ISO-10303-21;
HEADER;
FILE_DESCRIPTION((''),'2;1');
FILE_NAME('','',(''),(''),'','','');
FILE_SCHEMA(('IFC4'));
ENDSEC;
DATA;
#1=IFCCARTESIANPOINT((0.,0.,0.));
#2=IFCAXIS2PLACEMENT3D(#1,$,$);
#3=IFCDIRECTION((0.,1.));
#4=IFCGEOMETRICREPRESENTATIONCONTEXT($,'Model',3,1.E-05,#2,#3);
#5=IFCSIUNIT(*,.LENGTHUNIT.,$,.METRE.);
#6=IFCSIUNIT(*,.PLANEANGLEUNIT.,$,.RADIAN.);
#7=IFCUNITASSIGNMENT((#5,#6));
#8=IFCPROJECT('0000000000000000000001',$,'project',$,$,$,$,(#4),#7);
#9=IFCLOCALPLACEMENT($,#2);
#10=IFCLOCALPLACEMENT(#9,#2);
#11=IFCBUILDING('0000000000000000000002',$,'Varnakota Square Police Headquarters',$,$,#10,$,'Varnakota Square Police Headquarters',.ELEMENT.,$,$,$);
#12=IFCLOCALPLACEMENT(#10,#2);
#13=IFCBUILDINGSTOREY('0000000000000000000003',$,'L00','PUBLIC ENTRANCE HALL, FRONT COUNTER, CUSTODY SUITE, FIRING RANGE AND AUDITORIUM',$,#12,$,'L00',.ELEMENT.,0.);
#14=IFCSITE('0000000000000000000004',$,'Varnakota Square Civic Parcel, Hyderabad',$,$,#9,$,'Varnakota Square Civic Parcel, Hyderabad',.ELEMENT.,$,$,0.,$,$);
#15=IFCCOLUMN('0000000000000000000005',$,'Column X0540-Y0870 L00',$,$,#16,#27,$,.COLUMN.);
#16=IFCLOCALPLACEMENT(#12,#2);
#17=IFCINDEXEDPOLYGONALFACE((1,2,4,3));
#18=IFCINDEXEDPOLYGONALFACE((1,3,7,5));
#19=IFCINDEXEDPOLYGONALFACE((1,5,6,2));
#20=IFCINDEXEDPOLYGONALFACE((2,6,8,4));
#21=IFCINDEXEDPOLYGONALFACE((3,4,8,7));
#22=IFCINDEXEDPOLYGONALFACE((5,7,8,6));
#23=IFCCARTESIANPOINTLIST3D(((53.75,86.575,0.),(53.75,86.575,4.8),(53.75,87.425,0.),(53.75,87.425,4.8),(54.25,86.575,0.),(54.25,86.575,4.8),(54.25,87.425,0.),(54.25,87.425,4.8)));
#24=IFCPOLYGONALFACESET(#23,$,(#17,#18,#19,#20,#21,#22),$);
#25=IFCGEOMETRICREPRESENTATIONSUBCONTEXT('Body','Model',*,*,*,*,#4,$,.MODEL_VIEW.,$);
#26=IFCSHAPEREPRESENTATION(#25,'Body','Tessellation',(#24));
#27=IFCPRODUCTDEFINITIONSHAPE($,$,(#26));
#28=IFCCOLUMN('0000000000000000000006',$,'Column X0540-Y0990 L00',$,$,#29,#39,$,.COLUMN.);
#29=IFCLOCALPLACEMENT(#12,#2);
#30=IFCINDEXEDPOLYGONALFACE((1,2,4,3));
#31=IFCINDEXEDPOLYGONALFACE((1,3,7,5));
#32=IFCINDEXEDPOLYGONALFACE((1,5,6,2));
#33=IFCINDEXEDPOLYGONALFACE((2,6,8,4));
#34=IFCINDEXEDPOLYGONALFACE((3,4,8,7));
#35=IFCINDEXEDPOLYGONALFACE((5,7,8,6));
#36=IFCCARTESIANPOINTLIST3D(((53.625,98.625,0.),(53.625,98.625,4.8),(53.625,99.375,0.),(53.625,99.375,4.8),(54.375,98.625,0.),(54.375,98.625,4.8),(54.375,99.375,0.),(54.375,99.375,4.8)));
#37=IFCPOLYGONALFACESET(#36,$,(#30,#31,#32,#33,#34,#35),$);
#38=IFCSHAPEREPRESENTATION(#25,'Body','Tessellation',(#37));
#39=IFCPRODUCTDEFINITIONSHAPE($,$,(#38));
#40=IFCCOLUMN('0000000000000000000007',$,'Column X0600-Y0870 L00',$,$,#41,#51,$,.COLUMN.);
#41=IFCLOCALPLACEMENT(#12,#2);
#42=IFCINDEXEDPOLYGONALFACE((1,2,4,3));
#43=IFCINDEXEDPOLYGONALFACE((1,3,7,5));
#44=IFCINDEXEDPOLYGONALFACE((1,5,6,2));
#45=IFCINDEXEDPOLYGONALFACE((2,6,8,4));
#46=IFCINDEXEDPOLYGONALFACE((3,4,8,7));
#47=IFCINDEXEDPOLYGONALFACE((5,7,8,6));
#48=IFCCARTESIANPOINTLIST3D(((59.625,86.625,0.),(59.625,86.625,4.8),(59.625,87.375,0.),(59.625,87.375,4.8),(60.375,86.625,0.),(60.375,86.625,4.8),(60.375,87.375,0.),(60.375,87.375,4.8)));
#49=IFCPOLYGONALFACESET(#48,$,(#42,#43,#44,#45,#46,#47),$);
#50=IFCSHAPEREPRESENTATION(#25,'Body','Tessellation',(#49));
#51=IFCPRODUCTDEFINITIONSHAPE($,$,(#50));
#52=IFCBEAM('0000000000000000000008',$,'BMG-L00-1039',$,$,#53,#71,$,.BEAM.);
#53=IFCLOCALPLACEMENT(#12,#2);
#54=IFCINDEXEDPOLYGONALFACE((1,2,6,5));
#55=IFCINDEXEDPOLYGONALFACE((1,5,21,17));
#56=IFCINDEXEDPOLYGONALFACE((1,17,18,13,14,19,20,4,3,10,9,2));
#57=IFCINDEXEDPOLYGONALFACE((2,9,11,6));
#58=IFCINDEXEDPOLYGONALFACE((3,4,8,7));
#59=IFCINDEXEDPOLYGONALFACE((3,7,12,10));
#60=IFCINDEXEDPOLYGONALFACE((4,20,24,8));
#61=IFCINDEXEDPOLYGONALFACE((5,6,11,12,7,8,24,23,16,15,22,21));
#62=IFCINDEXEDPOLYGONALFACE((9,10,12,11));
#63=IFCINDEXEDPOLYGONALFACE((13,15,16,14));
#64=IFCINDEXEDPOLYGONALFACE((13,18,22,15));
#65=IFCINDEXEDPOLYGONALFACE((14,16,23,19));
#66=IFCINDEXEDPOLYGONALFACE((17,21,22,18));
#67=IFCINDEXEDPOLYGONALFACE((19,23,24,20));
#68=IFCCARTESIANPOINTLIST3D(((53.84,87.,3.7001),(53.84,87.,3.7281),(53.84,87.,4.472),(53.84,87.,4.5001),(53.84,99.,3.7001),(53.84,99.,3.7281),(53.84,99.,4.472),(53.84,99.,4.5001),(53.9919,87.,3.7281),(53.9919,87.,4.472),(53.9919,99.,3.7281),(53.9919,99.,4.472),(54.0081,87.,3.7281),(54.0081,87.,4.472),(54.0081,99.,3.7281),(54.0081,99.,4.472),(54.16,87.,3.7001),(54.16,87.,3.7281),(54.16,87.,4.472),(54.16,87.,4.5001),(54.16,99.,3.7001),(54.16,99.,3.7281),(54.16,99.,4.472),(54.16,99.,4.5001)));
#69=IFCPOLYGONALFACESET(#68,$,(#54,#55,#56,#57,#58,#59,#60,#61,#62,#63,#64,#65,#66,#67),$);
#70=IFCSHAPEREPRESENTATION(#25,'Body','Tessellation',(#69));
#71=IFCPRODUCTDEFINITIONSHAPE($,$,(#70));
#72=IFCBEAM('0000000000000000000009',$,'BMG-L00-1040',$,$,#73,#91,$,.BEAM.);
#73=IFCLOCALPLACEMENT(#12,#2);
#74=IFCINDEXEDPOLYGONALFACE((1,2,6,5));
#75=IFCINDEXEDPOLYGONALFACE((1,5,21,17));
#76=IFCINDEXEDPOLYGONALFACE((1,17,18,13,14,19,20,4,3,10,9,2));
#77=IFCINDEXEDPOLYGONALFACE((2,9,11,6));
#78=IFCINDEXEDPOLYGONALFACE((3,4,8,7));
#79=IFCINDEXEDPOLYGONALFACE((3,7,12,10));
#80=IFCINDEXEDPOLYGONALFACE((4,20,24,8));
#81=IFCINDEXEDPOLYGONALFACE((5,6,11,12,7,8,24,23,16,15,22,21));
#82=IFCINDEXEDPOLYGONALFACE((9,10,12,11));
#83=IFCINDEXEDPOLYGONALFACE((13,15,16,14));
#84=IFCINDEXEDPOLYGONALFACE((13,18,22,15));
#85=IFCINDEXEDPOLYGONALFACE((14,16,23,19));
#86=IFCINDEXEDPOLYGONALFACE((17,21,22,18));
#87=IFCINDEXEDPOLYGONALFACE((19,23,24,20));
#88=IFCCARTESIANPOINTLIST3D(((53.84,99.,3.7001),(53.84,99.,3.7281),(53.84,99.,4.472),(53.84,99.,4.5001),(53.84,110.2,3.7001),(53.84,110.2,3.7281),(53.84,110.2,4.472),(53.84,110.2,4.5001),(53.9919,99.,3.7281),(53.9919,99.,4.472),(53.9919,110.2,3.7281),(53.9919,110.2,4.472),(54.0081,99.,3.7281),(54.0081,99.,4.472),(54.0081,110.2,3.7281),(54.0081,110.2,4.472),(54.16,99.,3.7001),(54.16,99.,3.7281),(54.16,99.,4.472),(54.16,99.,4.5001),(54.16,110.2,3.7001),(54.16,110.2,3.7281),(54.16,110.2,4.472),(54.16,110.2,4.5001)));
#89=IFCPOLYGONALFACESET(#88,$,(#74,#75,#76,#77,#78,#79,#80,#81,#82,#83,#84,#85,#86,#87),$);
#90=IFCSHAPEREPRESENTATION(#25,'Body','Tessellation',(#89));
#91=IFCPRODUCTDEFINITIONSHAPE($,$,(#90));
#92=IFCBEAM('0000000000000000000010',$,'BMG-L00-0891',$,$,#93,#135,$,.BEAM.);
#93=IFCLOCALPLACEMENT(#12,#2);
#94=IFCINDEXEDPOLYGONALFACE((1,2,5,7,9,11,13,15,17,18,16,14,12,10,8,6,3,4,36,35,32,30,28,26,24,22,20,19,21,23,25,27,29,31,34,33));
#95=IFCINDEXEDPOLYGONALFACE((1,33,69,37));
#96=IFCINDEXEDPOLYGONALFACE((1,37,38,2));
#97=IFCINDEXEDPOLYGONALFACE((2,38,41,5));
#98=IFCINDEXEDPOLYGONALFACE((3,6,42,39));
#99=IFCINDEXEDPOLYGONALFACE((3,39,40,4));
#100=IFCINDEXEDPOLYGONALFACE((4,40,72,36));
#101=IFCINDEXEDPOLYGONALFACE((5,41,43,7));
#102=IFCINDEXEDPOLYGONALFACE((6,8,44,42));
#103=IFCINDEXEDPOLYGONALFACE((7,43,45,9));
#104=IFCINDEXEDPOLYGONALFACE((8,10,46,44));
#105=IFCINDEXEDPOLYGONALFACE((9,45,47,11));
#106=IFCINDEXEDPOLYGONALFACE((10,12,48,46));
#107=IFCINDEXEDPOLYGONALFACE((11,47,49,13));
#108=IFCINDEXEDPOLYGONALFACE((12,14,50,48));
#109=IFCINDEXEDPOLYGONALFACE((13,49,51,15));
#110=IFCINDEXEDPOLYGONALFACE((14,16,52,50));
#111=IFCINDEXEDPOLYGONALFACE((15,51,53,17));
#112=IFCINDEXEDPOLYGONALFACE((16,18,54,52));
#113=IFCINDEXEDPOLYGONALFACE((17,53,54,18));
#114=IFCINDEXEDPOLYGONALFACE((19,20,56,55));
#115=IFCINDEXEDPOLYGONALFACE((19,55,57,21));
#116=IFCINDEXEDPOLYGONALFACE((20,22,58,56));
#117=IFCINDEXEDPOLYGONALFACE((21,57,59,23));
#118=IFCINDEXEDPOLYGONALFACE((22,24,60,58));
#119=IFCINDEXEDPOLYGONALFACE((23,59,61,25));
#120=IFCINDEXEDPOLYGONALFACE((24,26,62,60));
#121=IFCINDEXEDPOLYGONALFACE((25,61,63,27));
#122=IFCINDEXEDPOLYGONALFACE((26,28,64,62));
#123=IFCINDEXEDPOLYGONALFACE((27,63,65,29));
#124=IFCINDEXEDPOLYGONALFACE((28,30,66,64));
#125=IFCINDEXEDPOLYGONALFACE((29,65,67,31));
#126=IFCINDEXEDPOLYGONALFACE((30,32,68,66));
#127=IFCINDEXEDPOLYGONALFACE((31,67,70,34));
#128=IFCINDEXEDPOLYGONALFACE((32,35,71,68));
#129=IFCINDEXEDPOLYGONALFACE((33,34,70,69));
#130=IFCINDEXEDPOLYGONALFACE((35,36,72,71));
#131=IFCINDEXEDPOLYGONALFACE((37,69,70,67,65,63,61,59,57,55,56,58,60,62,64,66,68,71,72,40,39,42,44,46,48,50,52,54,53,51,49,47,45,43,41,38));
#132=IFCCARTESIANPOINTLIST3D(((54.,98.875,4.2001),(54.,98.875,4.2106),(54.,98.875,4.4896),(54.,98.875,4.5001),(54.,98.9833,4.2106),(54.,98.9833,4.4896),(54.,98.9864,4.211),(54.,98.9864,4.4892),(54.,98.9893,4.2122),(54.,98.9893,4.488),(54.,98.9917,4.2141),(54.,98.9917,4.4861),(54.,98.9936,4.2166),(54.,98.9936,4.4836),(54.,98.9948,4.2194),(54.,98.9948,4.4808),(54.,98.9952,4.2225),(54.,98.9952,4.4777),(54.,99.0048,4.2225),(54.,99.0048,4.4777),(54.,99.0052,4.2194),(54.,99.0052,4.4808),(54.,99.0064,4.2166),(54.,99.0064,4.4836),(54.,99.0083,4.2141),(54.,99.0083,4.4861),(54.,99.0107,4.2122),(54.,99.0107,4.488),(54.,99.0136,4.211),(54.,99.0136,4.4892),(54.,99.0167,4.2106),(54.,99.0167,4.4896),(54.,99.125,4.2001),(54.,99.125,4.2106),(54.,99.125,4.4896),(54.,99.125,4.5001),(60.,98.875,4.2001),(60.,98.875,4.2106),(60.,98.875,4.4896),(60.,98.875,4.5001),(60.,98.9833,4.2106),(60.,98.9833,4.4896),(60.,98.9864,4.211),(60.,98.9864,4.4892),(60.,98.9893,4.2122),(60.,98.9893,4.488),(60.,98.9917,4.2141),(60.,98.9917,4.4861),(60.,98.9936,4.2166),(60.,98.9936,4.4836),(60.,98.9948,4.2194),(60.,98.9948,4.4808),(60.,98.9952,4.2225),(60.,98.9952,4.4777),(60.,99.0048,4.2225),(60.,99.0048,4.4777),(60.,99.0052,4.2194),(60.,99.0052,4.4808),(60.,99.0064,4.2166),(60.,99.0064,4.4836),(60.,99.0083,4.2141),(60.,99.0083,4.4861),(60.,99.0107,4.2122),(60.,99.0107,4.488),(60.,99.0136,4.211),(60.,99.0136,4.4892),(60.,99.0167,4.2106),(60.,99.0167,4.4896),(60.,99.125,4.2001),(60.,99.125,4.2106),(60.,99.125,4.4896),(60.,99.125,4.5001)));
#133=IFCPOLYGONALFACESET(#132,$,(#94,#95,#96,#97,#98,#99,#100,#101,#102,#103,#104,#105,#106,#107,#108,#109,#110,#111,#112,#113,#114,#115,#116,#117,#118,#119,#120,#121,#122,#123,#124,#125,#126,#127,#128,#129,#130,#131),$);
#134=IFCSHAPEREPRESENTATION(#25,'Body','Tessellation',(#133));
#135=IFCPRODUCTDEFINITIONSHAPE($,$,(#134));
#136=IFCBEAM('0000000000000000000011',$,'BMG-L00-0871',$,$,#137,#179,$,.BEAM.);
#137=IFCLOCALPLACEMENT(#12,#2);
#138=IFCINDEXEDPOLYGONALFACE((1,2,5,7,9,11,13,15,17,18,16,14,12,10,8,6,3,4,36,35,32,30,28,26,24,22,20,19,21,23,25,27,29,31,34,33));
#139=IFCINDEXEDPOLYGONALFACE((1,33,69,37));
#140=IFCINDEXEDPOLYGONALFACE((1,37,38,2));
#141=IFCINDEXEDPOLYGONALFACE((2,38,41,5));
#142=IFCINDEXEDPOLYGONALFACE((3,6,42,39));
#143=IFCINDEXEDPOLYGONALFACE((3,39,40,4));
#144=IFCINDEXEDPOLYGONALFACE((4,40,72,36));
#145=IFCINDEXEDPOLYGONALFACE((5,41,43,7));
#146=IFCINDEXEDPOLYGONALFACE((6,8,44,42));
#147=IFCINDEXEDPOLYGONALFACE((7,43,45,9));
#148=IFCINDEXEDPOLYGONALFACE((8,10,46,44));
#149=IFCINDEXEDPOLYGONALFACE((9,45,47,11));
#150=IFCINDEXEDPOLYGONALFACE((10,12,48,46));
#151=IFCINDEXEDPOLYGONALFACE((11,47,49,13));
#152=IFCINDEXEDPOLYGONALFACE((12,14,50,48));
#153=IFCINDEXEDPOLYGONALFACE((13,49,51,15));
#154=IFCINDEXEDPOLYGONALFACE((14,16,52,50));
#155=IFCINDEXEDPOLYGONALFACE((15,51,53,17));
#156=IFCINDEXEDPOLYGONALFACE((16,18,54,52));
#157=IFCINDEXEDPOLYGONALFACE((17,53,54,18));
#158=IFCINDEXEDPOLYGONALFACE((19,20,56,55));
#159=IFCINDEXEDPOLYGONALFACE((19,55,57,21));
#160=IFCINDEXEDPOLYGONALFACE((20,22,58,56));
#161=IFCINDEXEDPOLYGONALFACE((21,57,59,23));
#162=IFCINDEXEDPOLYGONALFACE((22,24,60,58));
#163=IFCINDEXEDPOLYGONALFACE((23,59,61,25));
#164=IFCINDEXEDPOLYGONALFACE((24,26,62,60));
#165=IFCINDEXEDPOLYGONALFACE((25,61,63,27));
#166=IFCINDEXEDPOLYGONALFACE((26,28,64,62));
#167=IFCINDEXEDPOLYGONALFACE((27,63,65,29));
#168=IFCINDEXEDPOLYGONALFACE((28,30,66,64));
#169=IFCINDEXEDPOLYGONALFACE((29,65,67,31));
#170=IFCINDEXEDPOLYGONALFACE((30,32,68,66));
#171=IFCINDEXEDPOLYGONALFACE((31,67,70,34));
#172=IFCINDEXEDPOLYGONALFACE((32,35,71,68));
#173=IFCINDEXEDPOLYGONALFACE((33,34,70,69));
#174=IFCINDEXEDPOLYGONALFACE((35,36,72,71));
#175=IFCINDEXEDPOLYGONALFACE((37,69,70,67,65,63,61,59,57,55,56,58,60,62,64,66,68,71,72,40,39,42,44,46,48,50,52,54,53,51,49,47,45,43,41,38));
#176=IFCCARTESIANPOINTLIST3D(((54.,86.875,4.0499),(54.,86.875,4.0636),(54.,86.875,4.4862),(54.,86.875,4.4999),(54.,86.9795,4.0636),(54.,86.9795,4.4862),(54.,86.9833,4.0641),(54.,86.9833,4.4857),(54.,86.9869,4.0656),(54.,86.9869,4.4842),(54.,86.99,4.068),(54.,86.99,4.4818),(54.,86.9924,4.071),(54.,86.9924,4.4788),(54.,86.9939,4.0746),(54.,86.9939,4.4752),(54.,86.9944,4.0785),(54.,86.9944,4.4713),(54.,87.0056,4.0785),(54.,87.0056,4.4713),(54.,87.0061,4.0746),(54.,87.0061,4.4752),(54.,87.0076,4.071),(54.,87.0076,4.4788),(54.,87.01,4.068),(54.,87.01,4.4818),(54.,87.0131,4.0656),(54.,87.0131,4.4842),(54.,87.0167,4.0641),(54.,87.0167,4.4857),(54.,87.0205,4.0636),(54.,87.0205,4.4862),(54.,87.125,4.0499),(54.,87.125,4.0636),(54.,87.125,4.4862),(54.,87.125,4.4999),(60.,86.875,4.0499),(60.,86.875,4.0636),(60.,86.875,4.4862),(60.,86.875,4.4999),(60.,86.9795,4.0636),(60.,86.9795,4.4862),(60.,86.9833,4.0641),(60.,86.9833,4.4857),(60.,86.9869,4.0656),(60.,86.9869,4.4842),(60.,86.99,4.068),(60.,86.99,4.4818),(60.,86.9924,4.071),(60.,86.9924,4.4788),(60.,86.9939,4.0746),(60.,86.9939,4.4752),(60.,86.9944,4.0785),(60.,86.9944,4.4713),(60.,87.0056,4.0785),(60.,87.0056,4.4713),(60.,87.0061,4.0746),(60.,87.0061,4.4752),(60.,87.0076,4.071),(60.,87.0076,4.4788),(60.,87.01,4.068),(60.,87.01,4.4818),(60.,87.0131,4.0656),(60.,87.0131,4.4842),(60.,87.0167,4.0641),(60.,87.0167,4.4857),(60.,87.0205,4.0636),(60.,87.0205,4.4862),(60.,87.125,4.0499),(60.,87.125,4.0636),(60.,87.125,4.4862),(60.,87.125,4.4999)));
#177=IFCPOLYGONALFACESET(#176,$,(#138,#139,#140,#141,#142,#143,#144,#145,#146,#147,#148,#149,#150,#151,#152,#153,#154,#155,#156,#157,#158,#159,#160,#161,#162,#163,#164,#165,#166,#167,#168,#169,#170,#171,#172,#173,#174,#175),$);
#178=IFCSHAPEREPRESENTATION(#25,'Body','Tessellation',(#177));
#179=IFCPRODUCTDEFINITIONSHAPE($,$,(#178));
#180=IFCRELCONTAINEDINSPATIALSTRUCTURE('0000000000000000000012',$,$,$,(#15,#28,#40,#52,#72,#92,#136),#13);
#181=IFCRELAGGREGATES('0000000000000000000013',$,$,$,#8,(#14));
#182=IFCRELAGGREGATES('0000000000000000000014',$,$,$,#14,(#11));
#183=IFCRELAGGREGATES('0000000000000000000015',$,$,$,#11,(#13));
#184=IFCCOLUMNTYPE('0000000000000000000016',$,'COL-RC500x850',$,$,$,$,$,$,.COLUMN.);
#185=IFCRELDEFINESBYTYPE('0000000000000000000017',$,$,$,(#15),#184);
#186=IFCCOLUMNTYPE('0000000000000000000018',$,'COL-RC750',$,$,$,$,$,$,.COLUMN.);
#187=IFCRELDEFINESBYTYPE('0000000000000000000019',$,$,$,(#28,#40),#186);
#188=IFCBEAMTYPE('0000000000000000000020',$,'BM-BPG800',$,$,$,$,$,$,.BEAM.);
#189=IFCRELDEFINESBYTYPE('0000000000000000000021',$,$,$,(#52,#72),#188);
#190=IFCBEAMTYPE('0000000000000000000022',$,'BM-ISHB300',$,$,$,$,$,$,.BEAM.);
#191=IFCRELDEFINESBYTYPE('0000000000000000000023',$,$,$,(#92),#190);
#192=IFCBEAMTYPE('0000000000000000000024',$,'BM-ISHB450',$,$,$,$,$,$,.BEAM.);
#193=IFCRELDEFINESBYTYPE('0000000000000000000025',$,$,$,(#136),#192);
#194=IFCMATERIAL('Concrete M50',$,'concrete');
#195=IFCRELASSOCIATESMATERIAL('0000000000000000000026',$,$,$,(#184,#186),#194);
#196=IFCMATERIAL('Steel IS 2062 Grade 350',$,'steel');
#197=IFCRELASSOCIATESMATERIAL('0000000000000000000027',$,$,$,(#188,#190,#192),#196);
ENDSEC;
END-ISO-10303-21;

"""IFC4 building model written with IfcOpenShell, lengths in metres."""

from ifc_helpers import new_model, si_unit, direction, frame, origin, origin_2d, place, context, subcontext, project, spatial, rectangle, i_section, extrude, material, material_profile, profile_set, type_object, element, save


model = new_model("IFC4")

# Units and contexts
model_context = context("Model", 3, precision=1e-05, world=origin(), true_north=direction((0.0, 1.0)))
body_context = subcontext(model_context, "Body", "Model", "MODEL_VIEW")
ifc_project = project(units=[si_unit("LENGTHUNIT", "METRE"), si_unit("PLANEANGLEUNIT", "RADIAN")], contexts=[model_context])

# Site, building, storey
site_placement = place(None, origin())
site = spatial("IfcSite", under=ifc_project, at=site_placement, Name="Varnakota Square Civic Parcel, Hyderabad", LongName="Varnakota Square Civic Parcel, Hyderabad", CompositionType="ELEMENT", RefElevation=0.0)
building_placement = place(site_placement, origin())
building = spatial("IfcBuilding", under=site, at=building_placement, Name="Varnakota Square Police Headquarters", LongName="Varnakota Square Police Headquarters", CompositionType="ELEMENT")
storey_placement = place(building_placement, origin())
storey = spatial("IfcBuildingStorey", under=building, at=storey_placement, Name="L00", Description="PUBLIC ENTRANCE HALL, FRONT COUNTER, CUSTODY SUITE, FIRING RANGE AND AUDITORIUM", LongName="L00", CompositionType="ELEMENT", Elevation=0.0)

# Columns
ifc_material_1 = material(Name="Concrete M50", Category="concrete")
ifc_material_profile_1 = material_profile(ifc_material_1, rectangle(XDim=0.5, YDim=0.8501, at=origin_2d()), Name="RC 500x850")
ifc_profile_set_1 = profile_set([ifc_material_profile_1], Name="Concrete M50")
column_type_1 = type_object("IfcColumnType", Name="COL-RC500x850", PredefinedType="COLUMN", material=ifc_profile_set_1)
column_placement = place(storey_placement, frame((54.0, 87.0, 0.0), z_axis=(0.0, 0.0, 1.0), x_axis=(1.0, 0.0, 0.0)))
element("IfcColumn", 1, at=column_placement, inside=storey, type_object=column_type_1, Name="Column X0540-Y0870 L00", PredefinedType="COLUMN", context=body_context, shape_type="SweptSolid", body=[
    extrude(rectangle(XDim=0.5, YDim=0.8501, at=origin_2d()), origin(), (0.0, 0.0, 1.0), 4.8),
])
ifc_material_profile_2 = material_profile(ifc_material_1, rectangle(XDim=0.75, YDim=0.75, at=origin_2d()), Name="RC 750x750")
ifc_profile_set_2 = profile_set([ifc_material_profile_2], Name="Concrete M50")
column_type_2 = type_object("IfcColumnType", Name="COL-RC750", PredefinedType="COLUMN", material=ifc_profile_set_2)
for number, where, z_axis, x_axis, name in (
    (2, (54.0, 99.0, 0.0), (0.0, 0.0, 1.0), (1.0, 0.0, 0.0), "Column X0540-Y0990 L00"),
    (3, (60.0, 87.0, 0.0), (0.0, 0.0, 1.0), (1.0, 0.0, 0.0), "Column X0600-Y0870 L00"),
):
    element("IfcColumn", number, at=place(storey_placement, frame(where, z_axis=z_axis, x_axis=x_axis)), inside=storey, type_object=column_type_2, Name=name, PredefinedType="COLUMN", context=body_context, shape_type="SweptSolid", body=[
        extrude(rectangle(XDim=0.75, YDim=0.75, at=origin_2d()), origin(), (0.0, 0.0, 1.0), 4.8),
    ])

# Beams
ifc_material_2 = material(Name="Steel IS 2062 Grade 350", Category="steel")
ifc_material_profile_3 = material_profile(ifc_material_2, i_section(OverallWidth=0.3201, OverallDepth=0.8, WebThickness=0.0161, FlangeThickness=0.0281, at=origin_2d()), Name="BPG 800x320")
ifc_profile_set_3 = profile_set([ifc_material_profile_3], Name="Steel IS 2062 Grade 350")
beam_type_1 = type_object("IfcBeamType", Name="BM-BPG800", PredefinedType="BEAM", material=ifc_profile_set_3)
beam_1_placement = place(storey_placement, frame((54.0, 87.0, 4.1001), z_axis=(0.0, 1.0, 0.0), x_axis=(-1.0, 0.0, 0.0)))
element("IfcBeam", 4, at=beam_1_placement, inside=storey, type_object=beam_type_1, Name="BMG-L00-1039", PredefinedType="BEAM", context=body_context, shape_type="SweptSolid", body=[
    extrude(i_section(OverallWidth=0.3201, OverallDepth=0.8, WebThickness=0.0161, FlangeThickness=0.0281, at=origin_2d()), origin(), (0.0, 0.0, 1.0), 12.0),
])
beam_2_placement = place(storey_placement, frame((54.0, 99.0, 4.1001), z_axis=(0.0, 1.0, 0.0), x_axis=(-1.0, 0.0, 0.0)))
element("IfcBeam", 5, at=beam_2_placement, inside=storey, type_object=beam_type_1, Name="BMG-L00-1040", PredefinedType="BEAM", context=body_context, shape_type="SweptSolid", body=[
    extrude(i_section(OverallWidth=0.3201, OverallDepth=0.8, WebThickness=0.0161, FlangeThickness=0.0281, at=origin_2d()), origin(), (0.0, 0.0, 1.0), 11.2),
])
ifc_material_profile_4 = material_profile(ifc_material_2, i_section(OverallWidth=0.25, OverallDepth=0.3, WebThickness=0.0095, FlangeThickness=0.0105, FilletRadius=0.012, at=origin_2d()), Name="ISHB 300")
ifc_profile_set_4 = profile_set([ifc_material_profile_4], Name="Steel IS 2062 Grade 350")
beam_type_2 = type_object("IfcBeamType", Name="BM-ISHB300", PredefinedType="BEAM", material=ifc_profile_set_4)
beam_3_placement = place(storey_placement, frame((54.0, 99.0, 4.3501), z_axis=(1.0, 0.0, 0.0), x_axis=(0.0, 1.0, 0.0)))
element("IfcBeam", 6, at=beam_3_placement, inside=storey, type_object=beam_type_2, Name="BMG-L00-0891", PredefinedType="BEAM", context=body_context, shape_type="SweptSolid", body=[
    extrude(i_section(OverallWidth=0.25, OverallDepth=0.3, WebThickness=0.0095, FlangeThickness=0.0105, FilletRadius=0.012, at=origin_2d()), origin(), (0.0, 0.0, 1.0), 6.0),
])
ifc_material_profile_5 = material_profile(ifc_material_2, i_section(OverallWidth=0.25, OverallDepth=0.45, WebThickness=0.0112, FlangeThickness=0.0137, FilletRadius=0.0149, at=origin_2d()), Name="ISHB 450")
ifc_profile_set_5 = profile_set([ifc_material_profile_5], Name="Steel IS 2062 Grade 350")
beam_type_3 = type_object("IfcBeamType", Name="BM-ISHB450", PredefinedType="BEAM", material=ifc_profile_set_5)
beam_4_placement = place(storey_placement, frame((54.0, 87.0, 4.2749), z_axis=(1.0, 0.0, 0.0), x_axis=(0.0, 1.0, 0.0)))
element("IfcBeam", 7, at=beam_4_placement, inside=storey, type_object=beam_type_3, Name="BMG-L00-0871", PredefinedType="BEAM", context=body_context, shape_type="SweptSolid", body=[
    extrude(i_section(OverallWidth=0.25, OverallDepth=0.45, WebThickness=0.0112, FlangeThickness=0.0137, FilletRadius=0.0149, at=origin_2d()), origin(), (0.0, 0.0, 1.0), 6.0),
])

save(model, "model.ifc")
